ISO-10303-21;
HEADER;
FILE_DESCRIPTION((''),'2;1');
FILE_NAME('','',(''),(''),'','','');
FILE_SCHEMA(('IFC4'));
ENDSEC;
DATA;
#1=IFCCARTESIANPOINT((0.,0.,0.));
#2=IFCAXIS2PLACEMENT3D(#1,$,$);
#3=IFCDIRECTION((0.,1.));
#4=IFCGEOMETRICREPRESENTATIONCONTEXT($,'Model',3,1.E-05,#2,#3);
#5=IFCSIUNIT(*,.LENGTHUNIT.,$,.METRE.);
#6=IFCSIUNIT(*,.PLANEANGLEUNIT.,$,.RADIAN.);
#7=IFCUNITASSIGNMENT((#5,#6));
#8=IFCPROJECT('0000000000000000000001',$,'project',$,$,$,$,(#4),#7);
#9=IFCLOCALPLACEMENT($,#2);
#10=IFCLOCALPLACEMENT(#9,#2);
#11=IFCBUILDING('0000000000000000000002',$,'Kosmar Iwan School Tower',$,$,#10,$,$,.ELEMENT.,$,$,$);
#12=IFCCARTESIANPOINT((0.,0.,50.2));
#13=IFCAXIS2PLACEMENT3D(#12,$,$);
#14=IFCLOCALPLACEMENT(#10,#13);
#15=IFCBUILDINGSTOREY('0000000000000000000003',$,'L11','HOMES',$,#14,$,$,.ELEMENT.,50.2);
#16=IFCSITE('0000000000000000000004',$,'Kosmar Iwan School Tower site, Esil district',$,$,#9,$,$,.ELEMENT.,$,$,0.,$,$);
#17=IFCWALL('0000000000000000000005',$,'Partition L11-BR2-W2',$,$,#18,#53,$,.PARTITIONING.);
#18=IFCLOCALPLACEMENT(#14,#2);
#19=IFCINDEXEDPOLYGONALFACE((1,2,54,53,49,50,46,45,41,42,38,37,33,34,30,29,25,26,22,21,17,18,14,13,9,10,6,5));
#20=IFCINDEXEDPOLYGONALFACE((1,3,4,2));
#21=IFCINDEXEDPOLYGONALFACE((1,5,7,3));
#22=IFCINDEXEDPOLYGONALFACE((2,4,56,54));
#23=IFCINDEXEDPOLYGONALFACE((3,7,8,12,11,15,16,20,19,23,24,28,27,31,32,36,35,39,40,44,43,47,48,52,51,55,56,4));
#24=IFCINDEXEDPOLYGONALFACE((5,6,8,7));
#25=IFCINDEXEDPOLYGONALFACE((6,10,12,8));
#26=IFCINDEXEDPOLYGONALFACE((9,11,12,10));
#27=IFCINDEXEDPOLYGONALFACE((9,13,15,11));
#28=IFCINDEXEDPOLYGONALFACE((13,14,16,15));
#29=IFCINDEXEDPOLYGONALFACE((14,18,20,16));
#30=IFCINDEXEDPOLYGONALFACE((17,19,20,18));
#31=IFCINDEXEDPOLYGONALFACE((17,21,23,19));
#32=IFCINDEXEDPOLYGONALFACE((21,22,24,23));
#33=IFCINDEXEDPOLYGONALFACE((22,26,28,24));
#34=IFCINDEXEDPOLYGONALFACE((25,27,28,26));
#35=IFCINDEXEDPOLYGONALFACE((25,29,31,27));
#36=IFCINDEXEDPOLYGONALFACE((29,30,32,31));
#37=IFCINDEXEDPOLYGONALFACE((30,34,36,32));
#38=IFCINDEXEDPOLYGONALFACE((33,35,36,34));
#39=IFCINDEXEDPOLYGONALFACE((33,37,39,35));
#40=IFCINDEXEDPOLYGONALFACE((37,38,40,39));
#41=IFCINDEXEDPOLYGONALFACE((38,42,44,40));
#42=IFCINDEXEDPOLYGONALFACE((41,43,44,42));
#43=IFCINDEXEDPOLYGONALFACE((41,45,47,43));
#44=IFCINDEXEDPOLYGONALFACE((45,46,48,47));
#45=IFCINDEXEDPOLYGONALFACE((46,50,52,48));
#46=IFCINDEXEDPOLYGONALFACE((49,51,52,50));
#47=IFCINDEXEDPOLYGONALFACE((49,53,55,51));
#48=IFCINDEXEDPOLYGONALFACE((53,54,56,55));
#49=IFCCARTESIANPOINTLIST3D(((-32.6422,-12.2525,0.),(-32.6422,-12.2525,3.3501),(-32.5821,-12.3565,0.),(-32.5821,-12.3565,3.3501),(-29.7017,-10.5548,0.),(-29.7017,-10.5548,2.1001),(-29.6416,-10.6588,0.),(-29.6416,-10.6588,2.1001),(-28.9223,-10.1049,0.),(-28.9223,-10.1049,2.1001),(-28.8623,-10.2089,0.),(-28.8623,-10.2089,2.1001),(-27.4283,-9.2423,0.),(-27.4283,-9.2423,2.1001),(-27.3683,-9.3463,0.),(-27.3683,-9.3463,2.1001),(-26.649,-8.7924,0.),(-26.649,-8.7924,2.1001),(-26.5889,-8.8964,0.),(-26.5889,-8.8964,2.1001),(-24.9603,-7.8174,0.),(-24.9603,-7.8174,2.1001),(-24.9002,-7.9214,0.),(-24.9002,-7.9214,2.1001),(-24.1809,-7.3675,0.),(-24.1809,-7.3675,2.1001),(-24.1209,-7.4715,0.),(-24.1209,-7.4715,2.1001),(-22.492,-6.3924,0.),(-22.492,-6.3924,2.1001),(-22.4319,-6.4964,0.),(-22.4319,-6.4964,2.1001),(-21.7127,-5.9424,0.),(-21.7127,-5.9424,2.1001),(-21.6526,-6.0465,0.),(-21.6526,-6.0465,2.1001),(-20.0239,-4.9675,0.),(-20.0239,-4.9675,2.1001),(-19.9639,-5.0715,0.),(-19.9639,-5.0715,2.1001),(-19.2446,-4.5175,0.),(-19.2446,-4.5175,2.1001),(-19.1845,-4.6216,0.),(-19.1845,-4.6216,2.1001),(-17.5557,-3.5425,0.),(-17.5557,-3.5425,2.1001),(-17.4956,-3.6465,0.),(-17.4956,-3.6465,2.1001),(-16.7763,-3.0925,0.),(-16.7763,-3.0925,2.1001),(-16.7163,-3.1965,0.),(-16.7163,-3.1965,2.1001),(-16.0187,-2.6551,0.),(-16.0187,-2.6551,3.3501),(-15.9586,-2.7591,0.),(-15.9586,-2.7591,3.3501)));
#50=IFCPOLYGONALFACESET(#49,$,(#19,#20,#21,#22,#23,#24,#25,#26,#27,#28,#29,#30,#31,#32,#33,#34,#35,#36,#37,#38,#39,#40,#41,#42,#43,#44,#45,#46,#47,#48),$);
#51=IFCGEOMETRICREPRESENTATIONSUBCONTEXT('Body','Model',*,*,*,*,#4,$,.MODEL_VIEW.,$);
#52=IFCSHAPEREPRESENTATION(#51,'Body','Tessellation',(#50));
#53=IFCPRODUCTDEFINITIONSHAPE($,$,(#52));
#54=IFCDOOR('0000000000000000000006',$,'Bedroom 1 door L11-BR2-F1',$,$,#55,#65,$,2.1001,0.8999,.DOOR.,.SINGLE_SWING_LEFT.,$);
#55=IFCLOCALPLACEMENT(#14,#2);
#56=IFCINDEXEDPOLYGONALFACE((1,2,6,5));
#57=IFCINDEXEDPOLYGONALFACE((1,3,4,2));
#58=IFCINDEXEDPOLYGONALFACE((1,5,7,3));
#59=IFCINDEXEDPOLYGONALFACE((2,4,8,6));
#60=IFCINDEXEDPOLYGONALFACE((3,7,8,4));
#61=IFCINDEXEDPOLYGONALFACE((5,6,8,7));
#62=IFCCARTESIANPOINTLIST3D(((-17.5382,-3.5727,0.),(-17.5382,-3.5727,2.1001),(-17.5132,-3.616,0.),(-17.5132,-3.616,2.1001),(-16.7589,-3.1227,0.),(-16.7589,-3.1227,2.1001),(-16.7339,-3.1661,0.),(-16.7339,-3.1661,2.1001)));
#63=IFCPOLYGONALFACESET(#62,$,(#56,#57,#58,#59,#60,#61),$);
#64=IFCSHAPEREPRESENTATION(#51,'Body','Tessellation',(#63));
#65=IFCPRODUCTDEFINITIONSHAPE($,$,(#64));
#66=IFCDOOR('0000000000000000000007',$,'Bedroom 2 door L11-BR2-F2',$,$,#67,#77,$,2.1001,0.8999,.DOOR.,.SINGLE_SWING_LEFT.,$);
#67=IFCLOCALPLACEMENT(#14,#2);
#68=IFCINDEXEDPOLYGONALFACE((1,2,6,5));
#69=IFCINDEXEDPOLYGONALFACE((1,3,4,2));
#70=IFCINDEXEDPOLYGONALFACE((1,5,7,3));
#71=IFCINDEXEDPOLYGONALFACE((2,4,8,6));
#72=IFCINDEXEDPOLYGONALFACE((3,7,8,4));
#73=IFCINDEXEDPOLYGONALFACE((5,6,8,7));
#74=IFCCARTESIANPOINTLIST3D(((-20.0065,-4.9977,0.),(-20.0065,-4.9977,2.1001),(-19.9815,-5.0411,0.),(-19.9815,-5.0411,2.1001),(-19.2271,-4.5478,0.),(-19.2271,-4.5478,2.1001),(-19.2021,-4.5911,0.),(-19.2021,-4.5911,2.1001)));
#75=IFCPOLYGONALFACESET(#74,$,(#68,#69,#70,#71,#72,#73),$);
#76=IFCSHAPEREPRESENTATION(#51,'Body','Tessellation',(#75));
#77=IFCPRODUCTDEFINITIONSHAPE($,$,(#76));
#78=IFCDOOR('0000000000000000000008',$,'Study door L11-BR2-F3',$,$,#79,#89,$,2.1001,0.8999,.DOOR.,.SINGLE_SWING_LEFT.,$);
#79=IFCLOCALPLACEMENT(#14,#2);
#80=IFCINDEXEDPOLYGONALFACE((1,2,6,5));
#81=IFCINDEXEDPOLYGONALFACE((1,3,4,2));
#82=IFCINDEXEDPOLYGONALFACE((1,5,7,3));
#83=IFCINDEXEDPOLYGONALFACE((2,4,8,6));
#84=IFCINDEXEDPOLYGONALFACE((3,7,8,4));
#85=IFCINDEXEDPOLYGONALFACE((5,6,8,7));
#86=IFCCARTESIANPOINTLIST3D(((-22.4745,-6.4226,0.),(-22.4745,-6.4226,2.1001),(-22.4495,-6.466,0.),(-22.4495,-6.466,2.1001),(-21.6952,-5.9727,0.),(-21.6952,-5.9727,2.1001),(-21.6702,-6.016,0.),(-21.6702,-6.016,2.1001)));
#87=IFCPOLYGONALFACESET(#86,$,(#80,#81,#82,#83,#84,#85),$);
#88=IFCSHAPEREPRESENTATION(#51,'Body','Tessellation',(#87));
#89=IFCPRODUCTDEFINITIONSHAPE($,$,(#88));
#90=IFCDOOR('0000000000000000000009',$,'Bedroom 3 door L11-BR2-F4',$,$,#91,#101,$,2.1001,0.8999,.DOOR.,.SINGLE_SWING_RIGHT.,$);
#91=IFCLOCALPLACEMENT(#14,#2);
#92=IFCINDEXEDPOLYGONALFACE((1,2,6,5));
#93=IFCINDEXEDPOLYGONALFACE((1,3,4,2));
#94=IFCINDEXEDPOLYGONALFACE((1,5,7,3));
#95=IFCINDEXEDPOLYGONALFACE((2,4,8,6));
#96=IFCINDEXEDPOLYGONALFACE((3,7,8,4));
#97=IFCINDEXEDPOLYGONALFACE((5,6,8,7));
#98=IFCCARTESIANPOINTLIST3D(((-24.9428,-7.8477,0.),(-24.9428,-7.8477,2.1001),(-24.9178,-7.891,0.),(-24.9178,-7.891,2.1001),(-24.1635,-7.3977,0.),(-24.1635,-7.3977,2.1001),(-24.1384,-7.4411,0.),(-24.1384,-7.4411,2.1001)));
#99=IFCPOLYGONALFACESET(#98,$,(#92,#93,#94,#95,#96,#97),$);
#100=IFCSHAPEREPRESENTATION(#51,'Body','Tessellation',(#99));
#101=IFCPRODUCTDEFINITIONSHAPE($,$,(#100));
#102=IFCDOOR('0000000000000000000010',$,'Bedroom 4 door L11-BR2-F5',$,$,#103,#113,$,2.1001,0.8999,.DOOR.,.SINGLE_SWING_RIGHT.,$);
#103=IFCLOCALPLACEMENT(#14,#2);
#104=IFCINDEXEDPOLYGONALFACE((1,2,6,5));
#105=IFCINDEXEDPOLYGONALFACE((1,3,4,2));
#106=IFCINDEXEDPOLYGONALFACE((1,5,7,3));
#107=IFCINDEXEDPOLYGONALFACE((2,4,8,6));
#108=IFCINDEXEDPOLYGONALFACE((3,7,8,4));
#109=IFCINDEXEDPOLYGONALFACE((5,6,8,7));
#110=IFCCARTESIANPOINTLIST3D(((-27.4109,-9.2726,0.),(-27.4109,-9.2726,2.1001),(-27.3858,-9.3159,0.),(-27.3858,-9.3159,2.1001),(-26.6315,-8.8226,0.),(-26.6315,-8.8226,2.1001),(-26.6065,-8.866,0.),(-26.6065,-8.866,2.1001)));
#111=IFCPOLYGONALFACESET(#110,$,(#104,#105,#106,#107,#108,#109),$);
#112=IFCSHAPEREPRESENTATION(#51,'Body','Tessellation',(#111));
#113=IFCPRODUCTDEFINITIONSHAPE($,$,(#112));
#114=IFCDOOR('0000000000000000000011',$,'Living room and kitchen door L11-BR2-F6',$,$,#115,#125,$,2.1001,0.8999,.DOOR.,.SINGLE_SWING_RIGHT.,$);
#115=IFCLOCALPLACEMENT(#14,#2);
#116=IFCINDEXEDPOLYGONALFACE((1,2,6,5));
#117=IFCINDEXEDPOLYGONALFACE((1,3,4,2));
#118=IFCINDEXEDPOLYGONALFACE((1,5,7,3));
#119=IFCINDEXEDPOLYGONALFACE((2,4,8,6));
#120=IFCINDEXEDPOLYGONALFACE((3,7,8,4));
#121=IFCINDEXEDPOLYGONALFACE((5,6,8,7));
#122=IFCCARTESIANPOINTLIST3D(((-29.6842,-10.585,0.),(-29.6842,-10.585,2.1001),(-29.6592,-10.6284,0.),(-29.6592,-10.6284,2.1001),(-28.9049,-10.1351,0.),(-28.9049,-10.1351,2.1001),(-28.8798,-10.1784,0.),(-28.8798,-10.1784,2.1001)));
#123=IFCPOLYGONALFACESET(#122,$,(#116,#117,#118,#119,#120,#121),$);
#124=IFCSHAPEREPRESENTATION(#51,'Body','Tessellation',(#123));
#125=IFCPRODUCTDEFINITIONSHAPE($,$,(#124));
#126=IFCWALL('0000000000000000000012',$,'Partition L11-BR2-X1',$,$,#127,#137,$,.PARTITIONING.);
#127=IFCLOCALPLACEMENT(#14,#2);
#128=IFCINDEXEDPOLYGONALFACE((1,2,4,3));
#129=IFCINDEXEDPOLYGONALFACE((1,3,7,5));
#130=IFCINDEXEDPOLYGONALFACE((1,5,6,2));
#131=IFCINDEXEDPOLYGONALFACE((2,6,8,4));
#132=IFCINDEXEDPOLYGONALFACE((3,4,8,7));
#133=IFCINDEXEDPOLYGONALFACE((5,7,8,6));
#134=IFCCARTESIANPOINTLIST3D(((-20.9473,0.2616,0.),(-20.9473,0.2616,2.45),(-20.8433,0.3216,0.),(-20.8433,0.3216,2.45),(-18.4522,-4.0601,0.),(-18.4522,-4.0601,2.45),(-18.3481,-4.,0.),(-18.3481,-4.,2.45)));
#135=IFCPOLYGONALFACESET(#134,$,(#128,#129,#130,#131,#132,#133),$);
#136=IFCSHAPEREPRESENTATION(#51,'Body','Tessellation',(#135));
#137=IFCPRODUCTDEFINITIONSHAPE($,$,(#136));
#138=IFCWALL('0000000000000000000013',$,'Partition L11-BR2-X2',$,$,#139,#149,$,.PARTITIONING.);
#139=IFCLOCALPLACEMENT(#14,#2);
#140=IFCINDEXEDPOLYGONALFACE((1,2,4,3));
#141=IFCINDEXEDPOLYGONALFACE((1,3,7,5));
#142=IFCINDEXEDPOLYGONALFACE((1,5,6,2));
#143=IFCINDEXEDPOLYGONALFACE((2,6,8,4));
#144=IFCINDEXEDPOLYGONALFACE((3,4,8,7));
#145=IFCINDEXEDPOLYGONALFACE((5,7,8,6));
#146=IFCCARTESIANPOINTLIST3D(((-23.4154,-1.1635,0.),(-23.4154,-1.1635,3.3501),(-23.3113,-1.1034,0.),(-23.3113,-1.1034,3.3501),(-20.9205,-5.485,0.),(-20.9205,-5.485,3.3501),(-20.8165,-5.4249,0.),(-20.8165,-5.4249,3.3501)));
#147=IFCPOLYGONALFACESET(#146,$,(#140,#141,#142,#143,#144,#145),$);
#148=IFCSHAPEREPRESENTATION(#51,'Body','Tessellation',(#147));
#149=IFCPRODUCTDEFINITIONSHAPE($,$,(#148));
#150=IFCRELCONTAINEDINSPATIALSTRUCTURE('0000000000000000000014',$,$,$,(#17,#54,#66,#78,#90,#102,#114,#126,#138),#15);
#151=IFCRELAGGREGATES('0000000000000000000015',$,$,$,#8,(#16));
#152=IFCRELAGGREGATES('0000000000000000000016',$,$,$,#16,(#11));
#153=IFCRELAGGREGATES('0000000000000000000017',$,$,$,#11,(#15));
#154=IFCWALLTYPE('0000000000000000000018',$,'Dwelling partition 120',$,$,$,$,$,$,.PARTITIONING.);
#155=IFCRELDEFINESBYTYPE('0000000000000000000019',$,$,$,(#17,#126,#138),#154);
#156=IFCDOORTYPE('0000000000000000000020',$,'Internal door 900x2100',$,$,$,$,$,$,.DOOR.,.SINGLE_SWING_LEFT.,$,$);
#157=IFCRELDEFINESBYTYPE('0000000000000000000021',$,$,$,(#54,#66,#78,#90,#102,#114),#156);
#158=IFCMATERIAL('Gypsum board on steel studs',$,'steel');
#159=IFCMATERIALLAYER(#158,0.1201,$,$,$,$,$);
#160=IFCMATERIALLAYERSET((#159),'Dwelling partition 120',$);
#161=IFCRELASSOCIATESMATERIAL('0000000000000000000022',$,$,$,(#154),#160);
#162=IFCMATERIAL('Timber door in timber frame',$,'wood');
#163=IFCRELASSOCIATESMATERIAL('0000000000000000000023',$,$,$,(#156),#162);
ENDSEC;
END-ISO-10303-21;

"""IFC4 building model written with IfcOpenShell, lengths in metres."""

from ifc_helpers import new_model, si_unit, direction, frame, frame_2d, origin, place, context, subcontext, project, spatial, rectangle, extrude, material, layer, layer_set, type_object, element, fill, save


model = new_model("IFC4")

# Units and contexts
model_context = context("Model", 3, precision=1e-05, world=origin(), true_north=direction((0.0, 1.0)))
body_context = subcontext(model_context, "Body", "Model", "MODEL_VIEW")
ifc_project = project(units=[si_unit("LENGTHUNIT", "METRE"), si_unit("PLANEANGLEUNIT", "RADIAN")], contexts=[model_context])

# Site, building, storey
site_placement = place(None, origin())
site = spatial("IfcSite", under=ifc_project, at=site_placement, Name="Kosmar Iwan School Tower site, Esil district", CompositionType="ELEMENT", RefElevation=0.0)
building_placement = place(site_placement, origin())
building = spatial("IfcBuilding", under=site, at=building_placement, Name="Kosmar Iwan School Tower", CompositionType="ELEMENT")
storey_placement = place(building_placement, frame((0.0, 0.0, 50.2)))
storey = spatial("IfcBuildingStorey", under=building, at=storey_placement, Name="L11", Description="HOMES", CompositionType="ELEMENT", Elevation=50.2)

# Wall, openings, doors
ifc_material_1 = material(Name="Gypsum board on steel studs", Category="steel")
ifc_layer = layer(ifc_material_1, 0.1201)
ifc_layer_set = layer_set([ifc_layer], Name="Dwelling partition 120")
wall_type = type_object("IfcWallType", Name="Dwelling partition 120", PredefinedType="PARTITIONING", material=ifc_layer_set)
wall_1_placement = place(storey_placement, frame((-15.9885, -2.707, 0.0), z_axis=(0.0, 0.0, 1.0), x_axis=(-0.86603, -0.499993, 0.0)))
wall_1 = element("IfcWall", 1, at=wall_1_placement, inside=storey, type_object=wall_type, Name="Partition L11-BR2-W2", PredefinedType="PARTITIONING", context=body_context, shape_type="SweptSolid", body=[
    extrude(rectangle(XDim=19.1951, YDim=0.1201, at=frame_2d((9.5977, 0.0))), origin(), (0.0, 0.0, 1.0), 3.3501),
])
opening_1_placement = place(wall_1_placement, frame((0.875, 0.0, 0.0)))
opening_1 = element("IfcOpeningElement", 2, at=opening_1_placement, cuts=wall_1, PredefinedType="OPENING", context=body_context, shape_type="SweptSolid", body=[
    extrude(rectangle(XDim=0.8999, YDim=2.1001, at=frame_2d((0.45, 1.05))), frame((0.0, 0.072, 0.0), z_axis=(0.0, -1.0, 0.0), x_axis=(1.0, 0.0, 0.0)), (0.0, 0.0, 1.0), 0.144),
])
opening_2_placement = place(wall_1_placement, frame((3.7251, 0.0, 0.0)))
opening_2 = element("IfcOpeningElement", 3, at=opening_2_placement, cuts=wall_1, PredefinedType="OPENING", context=body_context, shape_type="SweptSolid", body=[
    extrude(rectangle(XDim=0.8999, YDim=2.1001, at=frame_2d((0.45, 1.05))), frame((0.0, 0.072, 0.0), z_axis=(0.0, -1.0, 0.0), x_axis=(1.0, 0.0, 0.0)), (0.0, 0.0, 1.0), 0.144),
])
opening_3_placement = place(wall_1_placement, frame((6.575, 0.0, 0.0)))
opening_3 = element("IfcOpeningElement", 4, at=opening_3_placement, cuts=wall_1, PredefinedType="OPENING", context=body_context, shape_type="SweptSolid", body=[
    extrude(rectangle(XDim=0.8999, YDim=2.1001, at=frame_2d((0.45, 1.05))), frame((0.0, 0.072, 0.0), z_axis=(0.0, -1.0, 0.0), x_axis=(1.0, 0.0, 0.0)), (0.0, 0.0, 1.0), 0.144),
])
opening_4_placement = place(wall_1_placement, frame((9.425, 0.0, 0.0)))
opening_4 = element("IfcOpeningElement", 5, at=opening_4_placement, cuts=wall_1, PredefinedType="OPENING", context=body_context, shape_type="SweptSolid", body=[
    extrude(rectangle(XDim=0.8999, YDim=2.1001, at=frame_2d((0.45, 1.05))), frame((0.0, 0.072, 0.0), z_axis=(0.0, -1.0, 0.0), x_axis=(1.0, 0.0, 0.0)), (0.0, 0.0, 1.0), 0.144),
])
opening_5_placement = place(wall_1_placement, frame((12.2749, 0.0, 0.0)))
opening_5 = element("IfcOpeningElement", 6, at=opening_5_placement, cuts=wall_1, PredefinedType="OPENING", context=body_context, shape_type="SweptSolid", body=[
    extrude(rectangle(XDim=0.8999, YDim=2.1001, at=frame_2d((0.45, 1.05))), frame((0.0, 0.072, 0.0), z_axis=(0.0, -1.0, 0.0), x_axis=(1.0, 0.0, 0.0)), (0.0, 0.0, 1.0), 0.144),
])
opening_6_placement = place(wall_1_placement, frame((14.8999, 0.0, 0.0)))
opening_6 = element("IfcOpeningElement", 7, at=opening_6_placement, cuts=wall_1, PredefinedType="OPENING", context=body_context, shape_type="SweptSolid", body=[
    extrude(rectangle(XDim=0.8999, YDim=2.1001, at=frame_2d((0.45, 1.05))), frame((0.0, 0.072, 0.0), z_axis=(0.0, -1.0, 0.0), x_axis=(1.0, 0.0, 0.0)), (0.0, 0.0, 1.0), 0.144),
])
ifc_material_2 = material(Name="Timber door in timber frame", Category="wood")
door_type = type_object("IfcDoorType", Name="Internal door 900x2100", OperationType="SINGLE_SWING_LEFT", PredefinedType="DOOR", material=ifc_material_2)
door_1_placement = place(opening_1_placement, origin())
door_1 = element("IfcDoor", 8, at=door_1_placement, inside=storey, type_object=door_type, Name="Bedroom 1 door L11-BR2-F1", OperationType="SINGLE_SWING_LEFT", OverallHeight=2.1001, OverallWidth=0.8999, PredefinedType="DOOR", context=body_context, shape_type="SweptSolid", body=[
    extrude(rectangle(XDim=0.8999, YDim=2.1001, at=frame_2d((0.45, 1.05))), frame((0.0, 0.0249, 0.0), z_axis=(0.0, -1.0, 0.0), x_axis=(1.0, 0.0, 0.0)), (0.0, 0.0, 1.0), 0.05),
])
fill(opening_1, door_1)
door_2_placement = place(opening_2_placement, origin())
door_2 = element("IfcDoor", 9, at=door_2_placement, inside=storey, type_object=door_type, Name="Bedroom 2 door L11-BR2-F2", OperationType="SINGLE_SWING_LEFT", OverallHeight=2.1001, OverallWidth=0.8999, PredefinedType="DOOR", context=body_context, shape_type="SweptSolid", body=[
    extrude(rectangle(XDim=0.8999, YDim=2.1001, at=frame_2d((0.45, 1.05))), frame((0.0, 0.0249, 0.0), z_axis=(0.0, -1.0, 0.0), x_axis=(1.0, 0.0, 0.0)), (0.0, 0.0, 1.0), 0.05),
])
fill(opening_2, door_2)
door_3_placement = place(opening_3_placement, origin())
door_3 = element("IfcDoor", 10, at=door_3_placement, inside=storey, type_object=door_type, Name="Study door L11-BR2-F3", OperationType="SINGLE_SWING_LEFT", OverallHeight=2.1001, OverallWidth=0.8999, PredefinedType="DOOR", context=body_context, shape_type="SweptSolid", body=[
    extrude(rectangle(XDim=0.8999, YDim=2.1001, at=frame_2d((0.45, 1.05))), frame((0.0, 0.0249, 0.0), z_axis=(0.0, -1.0, 0.0), x_axis=(1.0, 0.0, 0.0)), (0.0, 0.0, 1.0), 0.05),
])
fill(opening_3, door_3)
door_4_placement = place(opening_4_placement, origin())
door_4 = element("IfcDoor", 11, at=door_4_placement, inside=storey, type_object=door_type, Name="Bedroom 3 door L11-BR2-F4", OperationType="SINGLE_SWING_RIGHT", OverallHeight=2.1001, OverallWidth=0.8999, PredefinedType="DOOR", context=body_context, shape_type="SweptSolid", body=[
    extrude(rectangle(XDim=0.8999, YDim=2.1001, at=frame_2d((0.45, 1.05))), frame((0.0, 0.0249, 0.0), z_axis=(0.0, -1.0, 0.0), x_axis=(1.0, 0.0, 0.0)), (0.0, 0.0, 1.0), 0.05),
])
fill(opening_4, door_4)
door_5_placement = place(opening_5_placement, origin())
door_5 = element("IfcDoor", 12, at=door_5_placement, inside=storey, type_object=door_type, Name="Bedroom 4 door L11-BR2-F5", OperationType="SINGLE_SWING_RIGHT", OverallHeight=2.1001, OverallWidth=0.8999, PredefinedType="DOOR", context=body_context, shape_type="SweptSolid", body=[
    extrude(rectangle(XDim=0.8999, YDim=2.1001, at=frame_2d((0.45, 1.05))), frame((0.0, 0.0249, 0.0), z_axis=(0.0, -1.0, 0.0), x_axis=(1.0, 0.0, 0.0)), (0.0, 0.0, 1.0), 0.05),
])
fill(opening_5, door_5)
door_6_placement = place(opening_6_placement, origin())
door_6 = element("IfcDoor", 13, at=door_6_placement, inside=storey, type_object=door_type, Name="Living room and kitchen door L11-BR2-F6", OperationType="SINGLE_SWING_RIGHT", OverallHeight=2.1001, OverallWidth=0.8999, PredefinedType="DOOR", context=body_context, shape_type="SweptSolid", body=[
    extrude(rectangle(XDim=0.8999, YDim=2.1001, at=frame_2d((0.45, 1.05))), frame((0.0, 0.0249, 0.0), z_axis=(0.0, -1.0, 0.0), x_axis=(1.0, 0.0, 0.0)), (0.0, 0.0, 1.0), 0.05),
])
fill(opening_6, door_6)

# Walls
wall_2_placement = place(storey_placement, frame((-18.4001, -4.03, 0.0), z_axis=(0.0, 0.0, 1.0), x_axis=(-0.500012, 0.866019, 0.0)))
element("IfcWall", 14, at=wall_2_placement, inside=storey, type_object=wall_type, Name="Partition L11-BR2-X1", PredefinedType="PARTITIONING", context=body_context, shape_type="SweptSolid", body=[
    extrude(rectangle(XDim=4.9902, YDim=0.1201, at=frame_2d((2.4951, 0.0))), origin(), (0.0, 0.0, 1.0), 2.45),
])
wall_3_placement = place(storey_placement, frame((-20.8684, -5.4551, 0.0), z_axis=(0.0, 0.0, 1.0), x_axis=(-0.499975, 0.86604, 0.0)))
element("IfcWall", 15, at=wall_3_placement, inside=storey, type_object=wall_type, Name="Partition L11-BR2-X2", PredefinedType="PARTITIONING", context=body_context, shape_type="SweptSolid", body=[
    extrude(rectangle(XDim=4.99, YDim=0.1201, at=frame_2d((2.4951, 0.0))), origin(), (0.0, 0.0, 1.0), 3.3501),
])

save(model, "model.ifc")
